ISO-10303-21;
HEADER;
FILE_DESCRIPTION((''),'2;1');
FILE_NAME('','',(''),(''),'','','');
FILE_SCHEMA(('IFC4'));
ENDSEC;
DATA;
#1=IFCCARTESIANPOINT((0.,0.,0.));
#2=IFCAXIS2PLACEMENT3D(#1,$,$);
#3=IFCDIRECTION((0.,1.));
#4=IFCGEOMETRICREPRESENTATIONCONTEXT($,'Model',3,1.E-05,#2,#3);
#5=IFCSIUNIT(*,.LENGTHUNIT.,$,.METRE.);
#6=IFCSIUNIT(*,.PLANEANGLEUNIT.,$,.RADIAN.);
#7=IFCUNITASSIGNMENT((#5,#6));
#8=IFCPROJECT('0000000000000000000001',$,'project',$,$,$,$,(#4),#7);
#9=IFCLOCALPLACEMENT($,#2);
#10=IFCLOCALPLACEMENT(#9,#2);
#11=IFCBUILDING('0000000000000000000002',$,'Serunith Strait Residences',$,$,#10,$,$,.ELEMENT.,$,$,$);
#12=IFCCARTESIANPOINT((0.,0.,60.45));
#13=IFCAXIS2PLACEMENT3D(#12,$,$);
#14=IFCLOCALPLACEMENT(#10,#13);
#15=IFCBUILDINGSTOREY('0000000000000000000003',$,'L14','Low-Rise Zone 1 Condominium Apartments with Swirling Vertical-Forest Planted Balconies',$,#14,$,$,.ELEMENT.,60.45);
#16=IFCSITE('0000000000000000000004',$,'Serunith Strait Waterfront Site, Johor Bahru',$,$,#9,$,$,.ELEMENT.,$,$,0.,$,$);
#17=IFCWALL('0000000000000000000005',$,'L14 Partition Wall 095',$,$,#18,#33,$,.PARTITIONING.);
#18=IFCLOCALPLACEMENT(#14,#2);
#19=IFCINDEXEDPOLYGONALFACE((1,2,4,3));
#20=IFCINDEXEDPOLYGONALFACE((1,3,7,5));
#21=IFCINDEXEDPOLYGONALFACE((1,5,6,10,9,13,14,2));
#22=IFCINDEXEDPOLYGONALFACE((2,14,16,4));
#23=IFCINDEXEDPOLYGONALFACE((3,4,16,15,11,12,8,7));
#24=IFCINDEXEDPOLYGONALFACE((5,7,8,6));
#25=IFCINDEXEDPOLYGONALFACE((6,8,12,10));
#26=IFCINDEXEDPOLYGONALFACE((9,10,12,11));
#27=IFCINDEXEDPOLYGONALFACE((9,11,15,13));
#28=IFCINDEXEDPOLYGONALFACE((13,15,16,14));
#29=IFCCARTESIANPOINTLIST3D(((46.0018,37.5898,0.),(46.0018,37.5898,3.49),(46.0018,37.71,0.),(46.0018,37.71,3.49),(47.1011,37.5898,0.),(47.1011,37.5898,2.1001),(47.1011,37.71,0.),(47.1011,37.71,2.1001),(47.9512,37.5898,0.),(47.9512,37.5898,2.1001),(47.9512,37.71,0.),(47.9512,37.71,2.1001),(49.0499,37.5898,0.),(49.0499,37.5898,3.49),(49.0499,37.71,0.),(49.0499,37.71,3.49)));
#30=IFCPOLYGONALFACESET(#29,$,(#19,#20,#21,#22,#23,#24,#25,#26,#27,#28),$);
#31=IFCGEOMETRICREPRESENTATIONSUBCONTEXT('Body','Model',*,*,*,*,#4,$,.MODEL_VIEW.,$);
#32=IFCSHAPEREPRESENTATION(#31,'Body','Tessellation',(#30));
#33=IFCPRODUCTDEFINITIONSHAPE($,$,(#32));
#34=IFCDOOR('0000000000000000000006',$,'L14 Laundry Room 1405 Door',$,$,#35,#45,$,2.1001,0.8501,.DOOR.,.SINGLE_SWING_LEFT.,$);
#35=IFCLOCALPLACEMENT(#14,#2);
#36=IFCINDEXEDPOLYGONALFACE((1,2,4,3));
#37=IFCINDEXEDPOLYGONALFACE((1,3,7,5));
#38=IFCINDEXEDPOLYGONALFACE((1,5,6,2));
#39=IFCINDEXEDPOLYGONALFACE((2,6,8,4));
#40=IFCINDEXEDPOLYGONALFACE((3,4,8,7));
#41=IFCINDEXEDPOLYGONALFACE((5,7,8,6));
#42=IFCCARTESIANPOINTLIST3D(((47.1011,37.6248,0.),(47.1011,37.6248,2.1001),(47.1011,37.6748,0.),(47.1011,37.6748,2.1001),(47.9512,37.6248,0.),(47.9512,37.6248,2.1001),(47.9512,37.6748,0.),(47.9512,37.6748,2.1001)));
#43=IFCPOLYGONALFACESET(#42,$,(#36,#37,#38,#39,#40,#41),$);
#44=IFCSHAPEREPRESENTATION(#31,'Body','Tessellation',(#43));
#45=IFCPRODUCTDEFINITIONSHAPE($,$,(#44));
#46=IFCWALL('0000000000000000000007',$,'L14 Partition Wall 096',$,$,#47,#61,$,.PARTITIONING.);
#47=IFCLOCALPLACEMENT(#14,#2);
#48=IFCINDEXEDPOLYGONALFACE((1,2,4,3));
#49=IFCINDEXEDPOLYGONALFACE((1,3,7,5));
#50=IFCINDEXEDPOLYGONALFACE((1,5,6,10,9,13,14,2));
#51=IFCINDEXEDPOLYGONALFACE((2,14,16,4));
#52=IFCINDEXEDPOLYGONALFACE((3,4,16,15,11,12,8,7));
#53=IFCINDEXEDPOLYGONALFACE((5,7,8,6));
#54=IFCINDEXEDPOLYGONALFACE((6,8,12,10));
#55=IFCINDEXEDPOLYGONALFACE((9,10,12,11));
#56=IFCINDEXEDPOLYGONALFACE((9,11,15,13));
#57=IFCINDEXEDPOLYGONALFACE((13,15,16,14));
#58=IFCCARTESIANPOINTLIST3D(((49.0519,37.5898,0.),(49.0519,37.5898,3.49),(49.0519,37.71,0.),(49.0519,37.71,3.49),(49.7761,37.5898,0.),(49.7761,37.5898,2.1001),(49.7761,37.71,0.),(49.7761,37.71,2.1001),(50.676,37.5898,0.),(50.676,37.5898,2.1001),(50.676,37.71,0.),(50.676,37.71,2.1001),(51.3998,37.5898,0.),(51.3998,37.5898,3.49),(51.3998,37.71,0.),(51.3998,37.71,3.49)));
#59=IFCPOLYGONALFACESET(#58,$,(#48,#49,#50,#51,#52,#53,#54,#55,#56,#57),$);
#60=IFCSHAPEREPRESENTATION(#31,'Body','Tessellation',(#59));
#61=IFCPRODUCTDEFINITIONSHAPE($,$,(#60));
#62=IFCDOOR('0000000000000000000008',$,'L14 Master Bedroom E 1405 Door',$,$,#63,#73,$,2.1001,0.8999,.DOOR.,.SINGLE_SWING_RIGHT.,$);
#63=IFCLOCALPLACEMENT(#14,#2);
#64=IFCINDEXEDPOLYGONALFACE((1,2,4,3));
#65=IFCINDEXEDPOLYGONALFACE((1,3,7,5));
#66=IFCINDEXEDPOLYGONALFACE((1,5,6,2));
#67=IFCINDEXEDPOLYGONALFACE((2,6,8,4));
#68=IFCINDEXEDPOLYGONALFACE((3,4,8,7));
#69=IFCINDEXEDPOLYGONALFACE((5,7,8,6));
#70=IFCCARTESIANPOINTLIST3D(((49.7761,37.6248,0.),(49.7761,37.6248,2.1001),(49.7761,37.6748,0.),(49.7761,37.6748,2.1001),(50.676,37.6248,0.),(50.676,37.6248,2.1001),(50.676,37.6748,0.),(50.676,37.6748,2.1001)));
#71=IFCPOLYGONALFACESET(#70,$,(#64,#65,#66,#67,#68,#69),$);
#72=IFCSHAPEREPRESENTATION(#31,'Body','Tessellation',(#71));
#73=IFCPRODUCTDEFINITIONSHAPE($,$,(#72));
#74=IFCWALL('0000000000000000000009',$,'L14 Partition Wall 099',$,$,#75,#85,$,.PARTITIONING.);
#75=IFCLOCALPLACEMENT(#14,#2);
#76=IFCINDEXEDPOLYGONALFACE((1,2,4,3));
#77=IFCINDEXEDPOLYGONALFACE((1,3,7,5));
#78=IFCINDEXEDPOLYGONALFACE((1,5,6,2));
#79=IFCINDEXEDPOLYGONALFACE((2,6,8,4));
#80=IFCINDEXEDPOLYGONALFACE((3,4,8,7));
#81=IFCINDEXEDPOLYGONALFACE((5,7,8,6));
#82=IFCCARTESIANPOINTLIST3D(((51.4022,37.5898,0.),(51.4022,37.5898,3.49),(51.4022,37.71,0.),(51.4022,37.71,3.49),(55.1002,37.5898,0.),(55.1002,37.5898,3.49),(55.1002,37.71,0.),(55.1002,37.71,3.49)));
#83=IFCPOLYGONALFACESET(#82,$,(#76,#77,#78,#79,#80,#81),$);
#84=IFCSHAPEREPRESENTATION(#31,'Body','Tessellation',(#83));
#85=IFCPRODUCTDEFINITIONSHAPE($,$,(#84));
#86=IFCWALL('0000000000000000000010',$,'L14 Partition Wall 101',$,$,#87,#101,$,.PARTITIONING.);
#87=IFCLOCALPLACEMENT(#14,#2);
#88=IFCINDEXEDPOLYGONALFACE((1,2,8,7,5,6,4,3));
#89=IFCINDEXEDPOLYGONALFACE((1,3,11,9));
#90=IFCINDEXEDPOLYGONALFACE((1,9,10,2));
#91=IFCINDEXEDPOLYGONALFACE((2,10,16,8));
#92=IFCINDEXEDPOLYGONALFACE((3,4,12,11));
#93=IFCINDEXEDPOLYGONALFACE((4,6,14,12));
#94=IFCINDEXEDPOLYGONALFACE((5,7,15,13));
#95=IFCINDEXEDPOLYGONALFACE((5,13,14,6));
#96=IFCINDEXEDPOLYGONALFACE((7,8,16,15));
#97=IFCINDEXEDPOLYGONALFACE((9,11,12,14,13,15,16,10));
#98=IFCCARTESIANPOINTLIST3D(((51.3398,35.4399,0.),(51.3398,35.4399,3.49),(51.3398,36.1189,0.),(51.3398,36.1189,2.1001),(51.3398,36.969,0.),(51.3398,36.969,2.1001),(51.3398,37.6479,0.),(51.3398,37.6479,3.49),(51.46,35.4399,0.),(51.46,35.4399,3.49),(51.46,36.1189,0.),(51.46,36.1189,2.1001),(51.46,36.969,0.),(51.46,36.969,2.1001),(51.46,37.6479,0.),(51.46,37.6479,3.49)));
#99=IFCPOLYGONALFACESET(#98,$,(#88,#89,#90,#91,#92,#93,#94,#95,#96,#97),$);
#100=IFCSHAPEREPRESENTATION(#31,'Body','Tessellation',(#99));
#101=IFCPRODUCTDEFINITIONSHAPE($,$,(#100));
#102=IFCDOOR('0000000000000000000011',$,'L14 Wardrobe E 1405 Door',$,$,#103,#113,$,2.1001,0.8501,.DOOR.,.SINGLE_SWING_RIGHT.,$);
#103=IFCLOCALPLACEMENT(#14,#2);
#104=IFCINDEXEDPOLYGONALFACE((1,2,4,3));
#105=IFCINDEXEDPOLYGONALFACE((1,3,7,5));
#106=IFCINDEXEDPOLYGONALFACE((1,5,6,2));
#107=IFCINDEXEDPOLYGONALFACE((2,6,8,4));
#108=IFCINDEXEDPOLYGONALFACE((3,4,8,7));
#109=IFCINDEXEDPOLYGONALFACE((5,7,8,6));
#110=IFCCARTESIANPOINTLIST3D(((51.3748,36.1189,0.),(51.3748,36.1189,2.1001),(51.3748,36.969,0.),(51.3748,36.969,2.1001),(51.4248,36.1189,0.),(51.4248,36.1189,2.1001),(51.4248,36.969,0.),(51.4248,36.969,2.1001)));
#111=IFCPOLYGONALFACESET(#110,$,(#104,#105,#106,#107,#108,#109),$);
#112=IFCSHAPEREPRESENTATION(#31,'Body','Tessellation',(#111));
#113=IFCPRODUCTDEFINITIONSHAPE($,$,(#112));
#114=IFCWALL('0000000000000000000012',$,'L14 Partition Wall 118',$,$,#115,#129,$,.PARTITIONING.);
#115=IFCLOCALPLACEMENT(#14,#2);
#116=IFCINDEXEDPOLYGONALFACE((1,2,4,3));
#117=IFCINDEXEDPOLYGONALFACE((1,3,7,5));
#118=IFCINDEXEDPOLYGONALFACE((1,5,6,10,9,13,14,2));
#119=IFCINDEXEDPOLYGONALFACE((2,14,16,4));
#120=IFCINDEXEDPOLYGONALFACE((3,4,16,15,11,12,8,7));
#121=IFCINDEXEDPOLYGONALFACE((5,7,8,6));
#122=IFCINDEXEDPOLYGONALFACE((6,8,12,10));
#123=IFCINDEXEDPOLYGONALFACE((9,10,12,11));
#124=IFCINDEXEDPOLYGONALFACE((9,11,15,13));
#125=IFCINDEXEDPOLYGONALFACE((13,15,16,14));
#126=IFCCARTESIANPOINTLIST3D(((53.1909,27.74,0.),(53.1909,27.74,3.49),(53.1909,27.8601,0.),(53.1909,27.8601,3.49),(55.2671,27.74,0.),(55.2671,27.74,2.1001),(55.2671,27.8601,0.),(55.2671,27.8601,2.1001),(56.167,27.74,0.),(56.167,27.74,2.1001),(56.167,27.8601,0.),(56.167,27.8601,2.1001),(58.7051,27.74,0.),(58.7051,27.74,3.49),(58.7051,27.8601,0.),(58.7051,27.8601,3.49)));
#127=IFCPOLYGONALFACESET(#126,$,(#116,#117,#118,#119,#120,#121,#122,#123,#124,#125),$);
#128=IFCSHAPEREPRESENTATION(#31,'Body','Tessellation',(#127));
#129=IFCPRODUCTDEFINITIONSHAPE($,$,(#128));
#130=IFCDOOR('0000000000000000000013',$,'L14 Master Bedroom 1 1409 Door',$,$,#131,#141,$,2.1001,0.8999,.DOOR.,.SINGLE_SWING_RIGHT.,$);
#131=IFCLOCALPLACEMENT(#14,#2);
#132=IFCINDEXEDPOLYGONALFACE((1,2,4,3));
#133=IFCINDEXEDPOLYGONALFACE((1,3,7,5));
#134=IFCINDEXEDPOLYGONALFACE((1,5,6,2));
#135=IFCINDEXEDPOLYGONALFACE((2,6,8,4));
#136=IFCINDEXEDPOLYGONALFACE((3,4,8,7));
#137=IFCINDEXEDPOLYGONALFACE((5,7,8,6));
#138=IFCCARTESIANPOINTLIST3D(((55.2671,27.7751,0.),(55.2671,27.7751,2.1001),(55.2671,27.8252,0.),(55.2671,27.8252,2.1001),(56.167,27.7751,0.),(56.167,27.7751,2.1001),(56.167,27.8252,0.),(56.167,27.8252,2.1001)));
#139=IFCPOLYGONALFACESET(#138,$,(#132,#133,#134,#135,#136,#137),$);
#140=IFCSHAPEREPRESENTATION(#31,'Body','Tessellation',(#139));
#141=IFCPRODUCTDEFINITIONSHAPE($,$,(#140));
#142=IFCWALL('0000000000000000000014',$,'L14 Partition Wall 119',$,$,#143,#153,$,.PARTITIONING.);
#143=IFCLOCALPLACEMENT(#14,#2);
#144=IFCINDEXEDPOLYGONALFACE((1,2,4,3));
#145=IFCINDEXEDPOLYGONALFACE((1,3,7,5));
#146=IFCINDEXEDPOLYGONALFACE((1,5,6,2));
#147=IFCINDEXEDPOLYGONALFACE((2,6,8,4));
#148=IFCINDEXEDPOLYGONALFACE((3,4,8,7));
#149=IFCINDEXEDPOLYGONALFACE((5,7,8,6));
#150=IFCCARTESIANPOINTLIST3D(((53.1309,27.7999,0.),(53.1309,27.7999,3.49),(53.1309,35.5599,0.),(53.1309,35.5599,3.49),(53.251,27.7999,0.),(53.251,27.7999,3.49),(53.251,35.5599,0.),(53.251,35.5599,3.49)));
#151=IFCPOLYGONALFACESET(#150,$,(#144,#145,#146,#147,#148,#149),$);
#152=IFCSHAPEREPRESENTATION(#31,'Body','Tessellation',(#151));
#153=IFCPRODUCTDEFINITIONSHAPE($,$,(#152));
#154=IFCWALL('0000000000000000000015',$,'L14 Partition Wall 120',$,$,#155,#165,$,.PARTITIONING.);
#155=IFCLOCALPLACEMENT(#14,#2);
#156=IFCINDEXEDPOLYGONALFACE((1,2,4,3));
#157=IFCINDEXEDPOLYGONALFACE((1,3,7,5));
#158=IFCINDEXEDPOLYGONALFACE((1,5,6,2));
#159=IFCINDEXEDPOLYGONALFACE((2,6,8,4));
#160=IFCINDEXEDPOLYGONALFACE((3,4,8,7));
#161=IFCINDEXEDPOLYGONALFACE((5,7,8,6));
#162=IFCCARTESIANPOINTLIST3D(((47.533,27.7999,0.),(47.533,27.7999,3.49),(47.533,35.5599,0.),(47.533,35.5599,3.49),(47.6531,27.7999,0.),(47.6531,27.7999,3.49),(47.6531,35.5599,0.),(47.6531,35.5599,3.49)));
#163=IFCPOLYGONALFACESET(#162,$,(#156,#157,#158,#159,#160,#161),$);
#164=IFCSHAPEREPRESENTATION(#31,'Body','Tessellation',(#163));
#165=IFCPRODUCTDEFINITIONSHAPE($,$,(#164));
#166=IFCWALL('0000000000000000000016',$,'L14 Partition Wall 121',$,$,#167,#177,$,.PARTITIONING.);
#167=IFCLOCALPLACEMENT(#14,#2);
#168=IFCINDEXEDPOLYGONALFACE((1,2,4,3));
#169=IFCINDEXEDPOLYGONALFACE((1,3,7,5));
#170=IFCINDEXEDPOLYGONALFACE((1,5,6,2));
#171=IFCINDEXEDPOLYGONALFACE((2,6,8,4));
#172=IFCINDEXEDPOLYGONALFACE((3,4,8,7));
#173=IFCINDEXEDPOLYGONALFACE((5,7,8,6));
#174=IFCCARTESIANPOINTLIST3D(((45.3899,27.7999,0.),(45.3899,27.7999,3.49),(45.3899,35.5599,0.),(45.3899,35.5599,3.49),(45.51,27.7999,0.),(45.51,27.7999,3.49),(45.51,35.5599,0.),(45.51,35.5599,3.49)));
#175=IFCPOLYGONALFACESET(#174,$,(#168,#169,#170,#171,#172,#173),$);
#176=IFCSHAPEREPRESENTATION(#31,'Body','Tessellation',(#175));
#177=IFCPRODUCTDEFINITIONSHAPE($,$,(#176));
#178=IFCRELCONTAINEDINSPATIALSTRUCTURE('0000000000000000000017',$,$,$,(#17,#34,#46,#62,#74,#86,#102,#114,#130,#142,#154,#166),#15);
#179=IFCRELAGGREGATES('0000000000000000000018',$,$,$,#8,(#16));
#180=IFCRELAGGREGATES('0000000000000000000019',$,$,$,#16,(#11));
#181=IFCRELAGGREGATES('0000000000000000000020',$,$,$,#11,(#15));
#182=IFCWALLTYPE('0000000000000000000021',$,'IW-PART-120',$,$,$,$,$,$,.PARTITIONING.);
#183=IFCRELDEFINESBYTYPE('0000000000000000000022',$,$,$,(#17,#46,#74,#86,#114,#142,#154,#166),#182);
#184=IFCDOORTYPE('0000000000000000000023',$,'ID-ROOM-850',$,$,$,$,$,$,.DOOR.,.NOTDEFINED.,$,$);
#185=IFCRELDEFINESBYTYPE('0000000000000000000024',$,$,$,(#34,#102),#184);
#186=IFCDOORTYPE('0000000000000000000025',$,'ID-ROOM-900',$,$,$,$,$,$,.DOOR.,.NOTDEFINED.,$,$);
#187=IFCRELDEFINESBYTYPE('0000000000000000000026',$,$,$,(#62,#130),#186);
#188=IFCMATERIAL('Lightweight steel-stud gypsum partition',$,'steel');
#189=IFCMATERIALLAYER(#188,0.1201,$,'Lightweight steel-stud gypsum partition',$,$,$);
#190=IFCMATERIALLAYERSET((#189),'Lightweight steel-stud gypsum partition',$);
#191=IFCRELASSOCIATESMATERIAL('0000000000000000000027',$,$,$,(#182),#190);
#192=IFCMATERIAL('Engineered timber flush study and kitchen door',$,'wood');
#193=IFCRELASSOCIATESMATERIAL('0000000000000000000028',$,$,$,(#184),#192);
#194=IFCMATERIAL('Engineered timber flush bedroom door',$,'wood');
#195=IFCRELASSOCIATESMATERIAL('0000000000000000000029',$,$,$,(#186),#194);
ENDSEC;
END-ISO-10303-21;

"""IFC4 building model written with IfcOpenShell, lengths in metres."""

from ifc_helpers import new_model, si_unit, direction, frame, frame_2d, origin, place, context, subcontext, project, spatial, rectangle, extrude, source, transform, mapped, material, layer, layer_set, type_object, element, fill, save


model = new_model("IFC4")

# Units and contexts
model_context = context("Model", 3, precision=1e-05, world=origin(), true_north=direction((0.0, 1.0)))
body_context = subcontext(model_context, "Body", "Model", "MODEL_VIEW")
ifc_project = project(units=[si_unit("LENGTHUNIT", "METRE"), si_unit("PLANEANGLEUNIT", "RADIAN")], contexts=[model_context])

# Site, building, storey
site_placement = place(None, origin())
site = spatial("IfcSite", under=ifc_project, at=site_placement, Name="Serunith Strait Waterfront Site, Johor Bahru", CompositionType="ELEMENT", RefElevation=0.0)
building_placement = place(site_placement, origin())
building = spatial("IfcBuilding", under=site, at=building_placement, Name="Serunith Strait Residences", CompositionType="ELEMENT")
storey_placement = place(building_placement, frame((0.0, 0.0, 60.45)))
storey = spatial("IfcBuildingStorey", under=building, at=storey_placement, Name="L14", Description="Low-Rise Zone 1 Condominium Apartments with Swirling Vertical-Forest Planted Balconies", CompositionType="ELEMENT", Elevation=60.45)

# Walls, openings, doors
ifc_material_1 = material(Name="Lightweight steel-stud gypsum partition", Category="steel")
ifc_layer_1 = layer(ifc_material_1, 0.1201, Name="Lightweight steel-stud gypsum partition")
ifc_layer_set_1 = layer_set([ifc_layer_1], Name="Lightweight steel-stud gypsum partition")
wall_type = type_object("IfcWallType", Name="IW-PART-120", PredefinedType="PARTITIONING", material=ifc_layer_set_1)
wall_1_placement = place(storey_placement, frame((46.002, 37.6499, 0.0), z_axis=(0.0, 0.0, 1.0), x_axis=(1.0, 0.0, 0.0)))
wall_1 = element("IfcWall", 1, at=wall_1_placement, inside=storey, type_object=wall_type, Name="L14 Partition Wall 095", PredefinedType="PARTITIONING", context=body_context, shape_type="SweptSolid", body=[
    extrude(rectangle(XDim=3.0481, YDim=0.1201, at=frame_2d((1.5239, 0.0))), origin(), (0.0, 0.0, 1.0), 3.49),
])
opening_1_placement = place(wall_1_placement, frame((1.0991, 0.0, 0.0)))
opening_1 = element("IfcOpeningElement", 2, at=opening_1_placement, cuts=wall_1, PredefinedType="OPENING", context=body_context, shape_type="SweptSolid", body=[
    extrude(rectangle(XDim=0.8501, YDim=2.1001, at=frame_2d((0.425, 1.05))), frame((0.0, 0.0701, 0.0), z_axis=(0.0, -1.0, 0.0), x_axis=(1.0, 0.0, 0.0)), (0.0, 0.0, 1.0), 0.1401),
])
ifc_material_2 = material(Name="Engineered timber flush study and kitchen door", Category="wood")
door_type_1 = type_object("IfcDoorType", Name="ID-ROOM-850", OperationType="NOTDEFINED", PredefinedType="DOOR", material=ifc_material_2)
shared_shape_1 = source(origin(), body_context, "Body", "SweptSolid", [
    extrude(rectangle(XDim=0.8501, YDim=2.1001, at=frame_2d((0.425, 1.05))), frame((0.0, 0.0249, 0.0), z_axis=(0.0, -1.0, 0.0), x_axis=(1.0, 0.0, 0.0)), (0.0, 0.0, 1.0), 0.05),
])
door_1_placement = place(opening_1_placement, origin())
door_1 = element("IfcDoor", 3, at=door_1_placement, inside=storey, type_object=door_type_1, Name="L14 Laundry Room 1405 Door", OperationType="SINGLE_SWING_LEFT", OverallHeight=2.1001, OverallWidth=0.8501, PredefinedType="DOOR", context=body_context, shape_type="MappedRepresentation", body=[
    mapped(shared_shape_1, transform((0.0, 0.0, 0.0), scale=1.0)),
])
fill(opening_1, door_1)
wall_2_placement = place(storey_placement, frame((49.052, 37.6499, 0.0), z_axis=(0.0, 0.0, 1.0), x_axis=(1.0, 0.0, 0.0)))
wall_2 = element("IfcWall", 4, at=wall_2_placement, inside=storey, type_object=wall_type, Name="L14 Partition Wall 096", PredefinedType="PARTITIONING", context=body_context, shape_type="SweptSolid", body=[
    extrude(rectangle(XDim=2.3479, YDim=0.1201, at=frame_2d((1.1738, 0.0))), origin(), (0.0, 0.0, 1.0), 3.49),
])
opening_2_placement = place(wall_2_placement, frame((0.7241, 0.0, 0.0)))
opening_2 = element("IfcOpeningElement", 5, at=opening_2_placement, cuts=wall_2, PredefinedType="OPENING", context=body_context, shape_type="SweptSolid", body=[
    extrude(rectangle(XDim=0.8999, YDim=2.1001, at=frame_2d((0.45, 1.05))), frame((0.0, 0.0701, 0.0), z_axis=(0.0, -1.0, 0.0), x_axis=(1.0, 0.0, 0.0)), (0.0, 0.0, 1.0), 0.1401),
])
ifc_material_3 = material(Name="Engineered timber flush bedroom door", Category="wood")
door_type_2 = type_object("IfcDoorType", Name="ID-ROOM-900", OperationType="NOTDEFINED", PredefinedType="DOOR", material=ifc_material_3)
shared_shape_2 = source(origin(), body_context, "Body", "SweptSolid", [
    extrude(rectangle(XDim=0.8999, YDim=2.1001, at=frame_2d((0.45, 1.05))), frame((0.0, 0.0249, 0.0), z_axis=(0.0, -1.0, 0.0), x_axis=(1.0, 0.0, 0.0)), (0.0, 0.0, 1.0), 0.05),
])
door_2_placement = place(opening_2_placement, origin())
door_2 = element("IfcDoor", 6, at=door_2_placement, inside=storey, type_object=door_type_2, Name="L14 Master Bedroom E 1405 Door", OperationType="SINGLE_SWING_RIGHT", OverallHeight=2.1001, OverallWidth=0.8999, PredefinedType="DOOR", context=body_context, shape_type="MappedRepresentation", body=[
    mapped(shared_shape_2, transform((0.0, 0.0, 0.0), scale=1.0)),
])
fill(opening_2, door_2)

# Wall
wall_3_placement = place(storey_placement, frame((51.4021, 37.6499, 0.0), z_axis=(0.0, 0.0, 1.0), x_axis=(1.0, 0.0, 0.0)))
element("IfcWall", 7, at=wall_3_placement, inside=storey, type_object=wall_type, Name="L14 Partition Wall 099", PredefinedType="PARTITIONING", context=body_context, shape_type="SweptSolid", body=[
    extrude(rectangle(XDim=3.698, YDim=0.1201, at=frame_2d((1.8491, 0.0))), origin(), (0.0, 0.0, 1.0), 3.49),
])

# Walls, openings, doors
wall_4_placement = place(storey_placement, frame((51.3999, 37.6479, 0.0), z_axis=(0.0, 0.0, 1.0), x_axis=(0.0, -1.0, 0.0)))
wall_4 = element("IfcWall", 8, at=wall_4_placement, inside=storey, type_object=wall_type, Name="L14 Partition Wall 101", PredefinedType="PARTITIONING", context=body_context, shape_type="SweptSolid", body=[
    extrude(rectangle(XDim=2.208, YDim=0.1201, at=frame_2d((1.104, 0.0))), origin(), (0.0, 0.0, 1.0), 3.49),
])
opening_3_placement = place(wall_4_placement, frame((0.679, 0.0, 0.0)))
opening_3 = element("IfcOpeningElement", 9, at=opening_3_placement, cuts=wall_4, PredefinedType="OPENING", context=body_context, shape_type="SweptSolid", body=[
    extrude(rectangle(XDim=0.8501, YDim=2.1001, at=frame_2d((0.425, 1.05))), frame((0.0, 0.0701, 0.0), z_axis=(0.0, -1.0, 0.0), x_axis=(1.0, 0.0, 0.0)), (0.0, 0.0, 1.0), 0.1401),
])
door_3_placement = place(opening_3_placement, origin())
door_3 = element("IfcDoor", 10, at=door_3_placement, inside=storey, type_object=door_type_1, Name="L14 Wardrobe E 1405 Door", OperationType="SINGLE_SWING_RIGHT", OverallHeight=2.1001, OverallWidth=0.8501, PredefinedType="DOOR", context=body_context, shape_type="MappedRepresentation", body=[
    mapped(shared_shape_1, transform((0.0, 0.0, 0.0), scale=1.0)),
])
fill(opening_3, door_3)
wall_5_placement = place(storey_placement, frame((58.7051, 27.8, 0.0), z_axis=(0.0, 0.0, 1.0), x_axis=(-1.0, 0.0, 0.0)))
wall_5 = element("IfcWall", 11, at=wall_5_placement, inside=storey, type_object=wall_type, Name="L14 Partition Wall 118", PredefinedType="PARTITIONING", context=body_context, shape_type="SweptSolid", body=[
    extrude(rectangle(XDim=5.5142, YDim=0.1201, at=frame_2d((2.7571, 0.0))), origin(), (0.0, 0.0, 1.0), 3.49),
])
opening_4_placement = place(wall_5_placement, frame((2.5381, 0.0, 0.0)))
opening_4 = element("IfcOpeningElement", 12, at=opening_4_placement, cuts=wall_5, PredefinedType="OPENING", context=body_context, shape_type="SweptSolid", body=[
    extrude(rectangle(XDim=0.8999, YDim=2.1001, at=frame_2d((0.45, 1.05))), frame((0.0, 0.0701, 0.0), z_axis=(0.0, -1.0, 0.0), x_axis=(1.0, 0.0, 0.0)), (0.0, 0.0, 1.0), 0.1401),
])
door_4_placement = place(opening_4_placement, origin())
door_4 = element("IfcDoor", 13, at=door_4_placement, inside=storey, type_object=door_type_2, Name="L14 Master Bedroom 1 1409 Door", OperationType="SINGLE_SWING_RIGHT", OverallHeight=2.1001, OverallWidth=0.8999, PredefinedType="DOOR", context=body_context, shape_type="MappedRepresentation", body=[
    mapped(shared_shape_2, transform((0.0, 0.0, 0.0), scale=1.0)),
])
fill(opening_4, door_4)

# Walls
for number, where, z_axis, x_axis, name in (
    (14, (53.1909, 27.8, 0.0), (0.0, 0.0, 1.0), (0.0, 1.0, 0.0), "L14 Partition Wall 119"),
    (15, (47.593, 27.8, 0.0), (0.0, 0.0, 1.0), (0.0, 1.0, 0.0), "L14 Partition Wall 120"),
    (16, (45.45, 27.8, 0.0), (0.0, 0.0, 1.0), (0.0, 1.0, 0.0), "L14 Partition Wall 121"),
):
    element("IfcWall", number, at=place(storey_placement, frame(where, z_axis=z_axis, x_axis=x_axis)), inside=storey, type_object=wall_type, Name=name, PredefinedType="PARTITIONING", context=body_context, shape_type="SweptSolid", body=[
        extrude(rectangle(XDim=7.76, YDim=0.1201, at=frame_2d((3.8799, 0.0))), origin(), (0.0, 0.0, 1.0), 3.49),
    ])

save(model, "model.ifc")
